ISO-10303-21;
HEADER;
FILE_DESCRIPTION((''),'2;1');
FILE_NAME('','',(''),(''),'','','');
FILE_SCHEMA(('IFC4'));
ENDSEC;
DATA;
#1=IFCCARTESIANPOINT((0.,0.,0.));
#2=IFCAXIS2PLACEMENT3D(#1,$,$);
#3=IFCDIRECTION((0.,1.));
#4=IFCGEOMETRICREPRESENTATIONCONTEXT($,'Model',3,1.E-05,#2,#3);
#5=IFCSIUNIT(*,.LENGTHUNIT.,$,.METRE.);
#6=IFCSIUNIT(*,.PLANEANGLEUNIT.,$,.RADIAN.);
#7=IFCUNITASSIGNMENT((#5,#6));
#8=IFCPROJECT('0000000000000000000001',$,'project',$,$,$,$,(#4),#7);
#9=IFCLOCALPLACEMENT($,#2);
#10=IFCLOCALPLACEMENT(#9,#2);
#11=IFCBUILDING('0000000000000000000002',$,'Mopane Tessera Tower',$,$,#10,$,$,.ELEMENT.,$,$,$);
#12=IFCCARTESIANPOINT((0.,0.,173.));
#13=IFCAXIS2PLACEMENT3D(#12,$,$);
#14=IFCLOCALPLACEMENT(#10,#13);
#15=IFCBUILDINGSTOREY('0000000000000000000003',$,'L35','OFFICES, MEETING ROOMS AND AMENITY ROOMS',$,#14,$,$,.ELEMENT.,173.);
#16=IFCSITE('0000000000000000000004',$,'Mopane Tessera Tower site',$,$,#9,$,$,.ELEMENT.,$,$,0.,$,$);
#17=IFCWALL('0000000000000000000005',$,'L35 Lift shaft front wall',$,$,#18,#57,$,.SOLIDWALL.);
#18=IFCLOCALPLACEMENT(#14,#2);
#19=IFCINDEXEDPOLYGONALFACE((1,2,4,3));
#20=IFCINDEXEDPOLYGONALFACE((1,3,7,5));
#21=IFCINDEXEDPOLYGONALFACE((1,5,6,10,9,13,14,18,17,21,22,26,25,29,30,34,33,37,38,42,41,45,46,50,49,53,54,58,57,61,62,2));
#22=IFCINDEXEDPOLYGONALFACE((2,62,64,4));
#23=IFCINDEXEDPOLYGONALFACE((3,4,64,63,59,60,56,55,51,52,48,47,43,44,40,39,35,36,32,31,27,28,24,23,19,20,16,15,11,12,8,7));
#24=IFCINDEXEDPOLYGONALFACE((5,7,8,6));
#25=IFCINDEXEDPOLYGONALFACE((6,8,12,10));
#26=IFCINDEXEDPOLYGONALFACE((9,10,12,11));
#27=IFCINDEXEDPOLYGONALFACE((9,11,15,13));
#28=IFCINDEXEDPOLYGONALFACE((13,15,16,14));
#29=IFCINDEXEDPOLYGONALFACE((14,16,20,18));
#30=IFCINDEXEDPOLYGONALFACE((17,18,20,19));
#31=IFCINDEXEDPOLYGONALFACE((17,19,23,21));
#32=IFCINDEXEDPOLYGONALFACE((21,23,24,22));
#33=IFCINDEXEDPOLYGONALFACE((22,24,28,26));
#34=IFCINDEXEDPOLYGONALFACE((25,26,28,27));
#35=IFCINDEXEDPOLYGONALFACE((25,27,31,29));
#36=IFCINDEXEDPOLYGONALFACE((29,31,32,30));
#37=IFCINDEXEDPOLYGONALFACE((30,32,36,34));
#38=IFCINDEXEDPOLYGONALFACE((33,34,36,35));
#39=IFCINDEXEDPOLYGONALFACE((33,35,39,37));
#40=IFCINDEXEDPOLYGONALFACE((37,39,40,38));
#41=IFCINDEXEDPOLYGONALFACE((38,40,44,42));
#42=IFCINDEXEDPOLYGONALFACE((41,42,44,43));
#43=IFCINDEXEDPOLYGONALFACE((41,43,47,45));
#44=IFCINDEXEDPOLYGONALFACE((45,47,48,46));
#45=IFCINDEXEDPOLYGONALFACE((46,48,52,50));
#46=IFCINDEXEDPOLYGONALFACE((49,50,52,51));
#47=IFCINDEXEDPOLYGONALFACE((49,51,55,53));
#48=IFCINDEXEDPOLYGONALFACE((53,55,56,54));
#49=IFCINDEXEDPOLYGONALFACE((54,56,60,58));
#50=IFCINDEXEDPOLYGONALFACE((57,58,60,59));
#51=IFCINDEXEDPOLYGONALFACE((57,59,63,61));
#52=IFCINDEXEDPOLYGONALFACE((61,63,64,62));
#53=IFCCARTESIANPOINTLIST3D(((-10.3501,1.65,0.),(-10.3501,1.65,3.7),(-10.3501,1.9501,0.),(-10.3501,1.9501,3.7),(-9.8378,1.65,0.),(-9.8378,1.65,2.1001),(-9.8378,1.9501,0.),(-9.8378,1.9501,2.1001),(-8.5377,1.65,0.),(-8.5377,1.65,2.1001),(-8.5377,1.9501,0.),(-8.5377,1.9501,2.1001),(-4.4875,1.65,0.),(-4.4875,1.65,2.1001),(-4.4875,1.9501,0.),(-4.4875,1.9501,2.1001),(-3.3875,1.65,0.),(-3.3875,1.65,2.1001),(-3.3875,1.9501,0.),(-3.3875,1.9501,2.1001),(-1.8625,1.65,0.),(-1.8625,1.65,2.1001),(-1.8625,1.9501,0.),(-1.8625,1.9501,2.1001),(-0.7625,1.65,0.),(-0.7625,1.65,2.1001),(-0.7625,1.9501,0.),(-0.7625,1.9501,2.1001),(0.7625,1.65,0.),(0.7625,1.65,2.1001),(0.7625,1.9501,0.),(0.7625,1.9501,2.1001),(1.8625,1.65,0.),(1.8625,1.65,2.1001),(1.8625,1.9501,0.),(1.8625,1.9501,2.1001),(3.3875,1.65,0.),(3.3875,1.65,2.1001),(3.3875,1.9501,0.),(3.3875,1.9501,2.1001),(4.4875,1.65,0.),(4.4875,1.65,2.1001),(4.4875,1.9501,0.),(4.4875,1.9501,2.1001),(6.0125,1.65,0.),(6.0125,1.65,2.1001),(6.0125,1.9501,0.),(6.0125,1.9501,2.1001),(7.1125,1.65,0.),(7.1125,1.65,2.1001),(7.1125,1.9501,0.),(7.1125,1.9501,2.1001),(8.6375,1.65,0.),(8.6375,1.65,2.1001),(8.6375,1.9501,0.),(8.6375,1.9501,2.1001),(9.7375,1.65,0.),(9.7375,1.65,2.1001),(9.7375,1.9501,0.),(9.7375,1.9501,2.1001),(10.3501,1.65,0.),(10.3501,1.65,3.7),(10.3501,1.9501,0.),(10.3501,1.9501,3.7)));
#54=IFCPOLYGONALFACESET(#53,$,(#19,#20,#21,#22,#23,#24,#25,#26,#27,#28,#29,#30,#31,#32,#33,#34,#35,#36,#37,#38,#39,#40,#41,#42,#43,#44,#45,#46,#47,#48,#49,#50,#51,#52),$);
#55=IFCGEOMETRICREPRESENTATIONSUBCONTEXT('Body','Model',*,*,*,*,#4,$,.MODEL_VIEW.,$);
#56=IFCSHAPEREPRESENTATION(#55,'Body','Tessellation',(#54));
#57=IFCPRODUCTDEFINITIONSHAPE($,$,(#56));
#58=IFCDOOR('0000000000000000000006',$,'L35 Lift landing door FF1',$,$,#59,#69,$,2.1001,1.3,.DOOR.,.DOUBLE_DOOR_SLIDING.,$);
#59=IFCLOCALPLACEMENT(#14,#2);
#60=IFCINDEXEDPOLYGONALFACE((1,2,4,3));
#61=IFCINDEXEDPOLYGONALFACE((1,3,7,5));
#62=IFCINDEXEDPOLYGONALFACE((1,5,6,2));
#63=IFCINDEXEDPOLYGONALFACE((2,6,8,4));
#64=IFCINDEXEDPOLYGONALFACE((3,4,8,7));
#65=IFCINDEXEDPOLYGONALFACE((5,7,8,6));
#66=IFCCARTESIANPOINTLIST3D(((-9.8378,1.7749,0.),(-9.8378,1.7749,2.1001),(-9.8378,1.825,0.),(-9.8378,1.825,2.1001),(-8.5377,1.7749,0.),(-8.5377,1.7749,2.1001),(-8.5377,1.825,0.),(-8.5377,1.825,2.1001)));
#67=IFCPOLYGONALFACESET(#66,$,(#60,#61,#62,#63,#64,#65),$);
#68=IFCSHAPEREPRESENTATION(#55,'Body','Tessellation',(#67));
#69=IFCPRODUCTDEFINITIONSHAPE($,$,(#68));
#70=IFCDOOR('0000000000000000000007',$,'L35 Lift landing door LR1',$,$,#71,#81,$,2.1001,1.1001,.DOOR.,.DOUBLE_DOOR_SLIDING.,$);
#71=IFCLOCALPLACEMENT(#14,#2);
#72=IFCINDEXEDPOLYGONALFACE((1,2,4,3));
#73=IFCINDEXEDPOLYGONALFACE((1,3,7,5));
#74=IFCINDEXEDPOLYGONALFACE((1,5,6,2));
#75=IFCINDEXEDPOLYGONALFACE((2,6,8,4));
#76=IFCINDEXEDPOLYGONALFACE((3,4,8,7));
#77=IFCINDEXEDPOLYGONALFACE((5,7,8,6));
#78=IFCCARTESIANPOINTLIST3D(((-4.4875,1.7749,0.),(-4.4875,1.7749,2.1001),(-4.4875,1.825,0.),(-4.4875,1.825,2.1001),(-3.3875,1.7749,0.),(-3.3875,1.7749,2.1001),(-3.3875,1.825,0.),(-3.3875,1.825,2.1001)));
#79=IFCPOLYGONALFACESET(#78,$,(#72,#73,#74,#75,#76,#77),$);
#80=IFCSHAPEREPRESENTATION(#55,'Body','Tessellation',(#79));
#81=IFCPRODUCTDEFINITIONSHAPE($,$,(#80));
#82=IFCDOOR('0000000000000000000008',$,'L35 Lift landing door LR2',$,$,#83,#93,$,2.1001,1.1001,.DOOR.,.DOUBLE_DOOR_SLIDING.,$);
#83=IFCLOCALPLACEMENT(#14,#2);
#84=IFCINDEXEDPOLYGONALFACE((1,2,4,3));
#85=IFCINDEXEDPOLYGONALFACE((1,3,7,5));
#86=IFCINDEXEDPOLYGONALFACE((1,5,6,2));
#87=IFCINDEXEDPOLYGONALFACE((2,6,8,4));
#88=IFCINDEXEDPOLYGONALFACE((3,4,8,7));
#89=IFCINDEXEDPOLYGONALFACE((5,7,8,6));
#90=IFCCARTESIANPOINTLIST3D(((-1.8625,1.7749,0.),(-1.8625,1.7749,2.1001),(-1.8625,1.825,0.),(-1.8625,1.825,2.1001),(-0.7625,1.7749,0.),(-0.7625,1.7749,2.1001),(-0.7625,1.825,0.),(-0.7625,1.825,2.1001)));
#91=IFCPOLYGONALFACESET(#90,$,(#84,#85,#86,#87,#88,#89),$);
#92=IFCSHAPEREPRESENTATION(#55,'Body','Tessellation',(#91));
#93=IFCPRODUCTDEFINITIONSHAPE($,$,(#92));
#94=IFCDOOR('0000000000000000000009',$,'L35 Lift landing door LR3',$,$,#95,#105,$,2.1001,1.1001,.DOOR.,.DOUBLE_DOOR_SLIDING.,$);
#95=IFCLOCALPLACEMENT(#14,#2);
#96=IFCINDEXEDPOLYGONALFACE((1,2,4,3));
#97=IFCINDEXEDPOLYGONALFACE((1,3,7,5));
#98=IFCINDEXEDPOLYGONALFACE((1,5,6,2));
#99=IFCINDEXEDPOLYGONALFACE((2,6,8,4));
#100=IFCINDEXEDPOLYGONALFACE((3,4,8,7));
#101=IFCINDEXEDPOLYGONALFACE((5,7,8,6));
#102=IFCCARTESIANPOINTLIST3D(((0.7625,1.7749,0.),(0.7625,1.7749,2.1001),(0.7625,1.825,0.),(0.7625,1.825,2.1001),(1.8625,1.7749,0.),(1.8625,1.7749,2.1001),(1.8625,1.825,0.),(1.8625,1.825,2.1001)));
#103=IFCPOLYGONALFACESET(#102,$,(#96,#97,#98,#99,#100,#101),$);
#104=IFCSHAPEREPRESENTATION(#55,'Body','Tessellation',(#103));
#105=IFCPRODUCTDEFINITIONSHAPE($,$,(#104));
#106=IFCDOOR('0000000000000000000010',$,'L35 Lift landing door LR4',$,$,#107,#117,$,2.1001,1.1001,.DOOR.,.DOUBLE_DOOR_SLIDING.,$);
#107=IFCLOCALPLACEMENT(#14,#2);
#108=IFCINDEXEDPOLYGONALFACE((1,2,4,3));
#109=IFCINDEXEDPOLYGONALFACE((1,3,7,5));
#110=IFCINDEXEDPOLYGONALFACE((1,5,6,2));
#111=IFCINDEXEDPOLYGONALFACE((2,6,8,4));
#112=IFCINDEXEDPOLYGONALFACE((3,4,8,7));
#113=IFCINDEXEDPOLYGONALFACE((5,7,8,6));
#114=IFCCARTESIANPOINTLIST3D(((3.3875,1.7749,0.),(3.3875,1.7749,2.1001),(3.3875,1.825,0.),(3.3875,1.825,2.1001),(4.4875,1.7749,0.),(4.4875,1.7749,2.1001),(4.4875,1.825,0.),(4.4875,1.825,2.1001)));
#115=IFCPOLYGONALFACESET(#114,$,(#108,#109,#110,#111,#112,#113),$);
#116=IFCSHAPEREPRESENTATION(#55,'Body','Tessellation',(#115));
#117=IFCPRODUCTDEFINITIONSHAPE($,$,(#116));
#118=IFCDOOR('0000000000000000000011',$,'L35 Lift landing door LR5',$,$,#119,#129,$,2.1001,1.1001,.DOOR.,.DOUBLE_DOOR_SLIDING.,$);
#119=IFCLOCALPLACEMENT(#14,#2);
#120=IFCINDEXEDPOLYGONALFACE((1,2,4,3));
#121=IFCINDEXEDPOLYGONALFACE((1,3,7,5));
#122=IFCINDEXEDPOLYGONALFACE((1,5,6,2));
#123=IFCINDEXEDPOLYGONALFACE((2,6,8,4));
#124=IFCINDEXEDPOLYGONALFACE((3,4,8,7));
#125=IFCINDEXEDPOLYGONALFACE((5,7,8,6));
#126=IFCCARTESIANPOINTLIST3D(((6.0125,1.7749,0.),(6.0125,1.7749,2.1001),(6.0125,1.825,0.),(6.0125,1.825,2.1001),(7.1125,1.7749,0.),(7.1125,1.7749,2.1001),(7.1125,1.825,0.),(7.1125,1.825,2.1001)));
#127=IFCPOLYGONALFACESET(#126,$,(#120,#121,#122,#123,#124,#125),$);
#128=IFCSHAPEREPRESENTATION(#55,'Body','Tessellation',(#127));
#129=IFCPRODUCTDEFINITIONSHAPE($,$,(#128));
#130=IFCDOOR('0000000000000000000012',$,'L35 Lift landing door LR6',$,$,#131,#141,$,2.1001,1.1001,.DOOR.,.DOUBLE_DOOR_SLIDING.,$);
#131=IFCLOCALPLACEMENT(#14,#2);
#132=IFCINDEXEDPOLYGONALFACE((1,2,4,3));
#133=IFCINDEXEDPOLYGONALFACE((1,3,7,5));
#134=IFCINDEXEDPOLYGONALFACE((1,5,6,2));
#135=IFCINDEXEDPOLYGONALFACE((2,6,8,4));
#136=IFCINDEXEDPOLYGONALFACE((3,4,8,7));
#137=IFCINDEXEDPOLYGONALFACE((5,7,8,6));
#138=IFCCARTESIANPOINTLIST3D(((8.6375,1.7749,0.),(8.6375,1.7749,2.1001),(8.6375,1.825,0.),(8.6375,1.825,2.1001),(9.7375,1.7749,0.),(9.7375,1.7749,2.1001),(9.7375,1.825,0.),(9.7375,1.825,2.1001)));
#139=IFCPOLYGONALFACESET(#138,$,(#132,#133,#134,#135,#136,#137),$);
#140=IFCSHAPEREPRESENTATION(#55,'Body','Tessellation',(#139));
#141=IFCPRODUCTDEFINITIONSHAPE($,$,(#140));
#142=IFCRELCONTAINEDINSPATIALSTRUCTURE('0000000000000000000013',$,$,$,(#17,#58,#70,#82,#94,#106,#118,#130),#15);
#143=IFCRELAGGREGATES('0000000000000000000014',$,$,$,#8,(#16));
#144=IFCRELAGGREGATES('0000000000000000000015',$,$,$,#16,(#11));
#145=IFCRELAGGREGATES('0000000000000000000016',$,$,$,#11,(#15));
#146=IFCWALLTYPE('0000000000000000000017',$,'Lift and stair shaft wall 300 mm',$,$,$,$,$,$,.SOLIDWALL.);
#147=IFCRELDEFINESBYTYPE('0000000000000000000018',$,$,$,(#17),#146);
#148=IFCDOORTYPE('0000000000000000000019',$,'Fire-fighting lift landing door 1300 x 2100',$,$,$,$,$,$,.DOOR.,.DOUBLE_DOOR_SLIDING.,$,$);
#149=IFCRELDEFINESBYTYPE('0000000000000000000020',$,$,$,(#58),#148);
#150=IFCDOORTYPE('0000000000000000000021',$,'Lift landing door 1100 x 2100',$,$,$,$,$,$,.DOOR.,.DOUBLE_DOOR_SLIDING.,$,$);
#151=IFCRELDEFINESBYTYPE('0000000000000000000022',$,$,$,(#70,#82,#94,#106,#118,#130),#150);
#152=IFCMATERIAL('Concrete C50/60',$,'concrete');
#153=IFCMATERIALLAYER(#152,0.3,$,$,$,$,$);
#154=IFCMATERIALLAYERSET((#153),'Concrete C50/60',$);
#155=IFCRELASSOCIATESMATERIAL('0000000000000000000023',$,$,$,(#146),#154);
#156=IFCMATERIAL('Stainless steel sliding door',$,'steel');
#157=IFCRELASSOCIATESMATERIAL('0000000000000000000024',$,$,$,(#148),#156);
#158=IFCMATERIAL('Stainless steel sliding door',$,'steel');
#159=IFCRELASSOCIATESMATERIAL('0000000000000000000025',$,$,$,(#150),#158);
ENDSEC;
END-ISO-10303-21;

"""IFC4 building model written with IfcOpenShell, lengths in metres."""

from ifc_helpers import new_model, si_unit, direction, frame, frame_2d, origin, place, context, subcontext, project, spatial, rectangle, extrude, material, layer, layer_set, type_object, element, fill, save


model = new_model("IFC4")

# Units and contexts
model_context = context("Model", 3, precision=1e-05, world=origin(), true_north=direction((0.0, 1.0)))
body_context = subcontext(model_context, "Body", "Model", "MODEL_VIEW")
ifc_project = project(units=[si_unit("LENGTHUNIT", "METRE"), si_unit("PLANEANGLEUNIT", "RADIAN")], contexts=[model_context])

# Site, building, storey
site_placement = place(None, origin())
site = spatial("IfcSite", under=ifc_project, at=site_placement, Name="Mopane Tessera Tower site", CompositionType="ELEMENT", RefElevation=0.0)
building_placement = place(site_placement, origin())
building = spatial("IfcBuilding", under=site, at=building_placement, Name="Mopane Tessera Tower", CompositionType="ELEMENT")
storey_placement = place(building_placement, frame((0.0, 0.0, 173.0)))
storey = spatial("IfcBuildingStorey", under=building, at=storey_placement, Name="L35", Description="OFFICES, MEETING ROOMS AND AMENITY ROOMS", CompositionType="ELEMENT", Elevation=173.0)

# Shared definitions
ifc_material_1 = material(Name="Concrete C50/60", Category="concrete")
ifc_layer_1 = layer(ifc_material_1, 0.3)
ifc_layer_set_1 = layer_set([ifc_layer_1], Name="Concrete C50/60")
wall_type_1 = type_object("IfcWallType", Name="Lift and stair shaft wall 300 mm", PredefinedType="SOLIDWALL", material=ifc_layer_set_1)

# Wall, openings, doors
wall_1_placement = place(storey_placement, frame((-10.3501, 1.8, 0.0), z_axis=(0.0, 0.0, 1.0), x_axis=(1.0, 0.0, 0.0)))
wall_1 = element("IfcWall", 1, at=wall_1_placement, inside=storey, type_object=wall_type_1, Name="L35 Lift shaft front wall", PredefinedType="SOLIDWALL", context=body_context, shape_type="SweptSolid", body=[
    extrude(rectangle(XDim=20.7002, YDim=0.3, at=frame_2d((10.3501, 0.0))), origin(), (0.0, 0.0, 1.0), 3.7),
])
opening_1_placement = place(wall_1_placement, frame((0.5125, 0.0, 0.0)))
opening_1 = element("IfcOpeningElement", 2, at=opening_1_placement, cuts=wall_1, PredefinedType="OPENING", context=body_context, shape_type="SweptSolid", body=[
    extrude(rectangle(XDim=1.3, YDim=2.1001, at=frame_2d((0.6499, 1.05))), frame((0.0, 0.1621, 0.0), z_axis=(0.0, -1.0, 0.0), x_axis=(1.0, 0.0, 0.0)), (0.0, 0.0, 1.0), 0.324),
])
opening_2_placement = place(wall_1_placement, frame((5.8625, 0.0, 0.0)))
opening_2 = element("IfcOpeningElement", 3, at=opening_2_placement, cuts=wall_1, PredefinedType="OPENING", context=body_context, shape_type="SweptSolid", body=[
    extrude(rectangle(XDim=1.1001, YDim=2.1001, at=frame_2d((0.55, 1.05))), frame((0.0, 0.1621, 0.0), z_axis=(0.0, -1.0, 0.0), x_axis=(1.0, 0.0, 0.0)), (0.0, 0.0, 1.0), 0.324),
])
opening_3_placement = place(wall_1_placement, frame((8.4875, 0.0, 0.0)))
opening_3 = element("IfcOpeningElement", 4, at=opening_3_placement, cuts=wall_1, PredefinedType="OPENING", context=body_context, shape_type="SweptSolid", body=[
    extrude(rectangle(XDim=1.1001, YDim=2.1001, at=frame_2d((0.55, 1.05))), frame((0.0, 0.1621, 0.0), z_axis=(0.0, -1.0, 0.0), x_axis=(1.0, 0.0, 0.0)), (0.0, 0.0, 1.0), 0.324),
])
opening_4_placement = place(wall_1_placement, frame((11.1125, 0.0, 0.0)))
opening_4 = element("IfcOpeningElement", 5, at=opening_4_placement, cuts=wall_1, PredefinedType="OPENING", context=body_context, shape_type="SweptSolid", body=[
    extrude(rectangle(XDim=1.1001, YDim=2.1001, at=frame_2d((0.55, 1.05))), frame((0.0, 0.1621, 0.0), z_axis=(0.0, -1.0, 0.0), x_axis=(1.0, 0.0, 0.0)), (0.0, 0.0, 1.0), 0.324),
])
opening_5_placement = place(wall_1_placement, frame((13.7375, 0.0, 0.0)))
opening_5 = element("IfcOpeningElement", 6, at=opening_5_placement, cuts=wall_1, PredefinedType="OPENING", context=body_context, shape_type="SweptSolid", body=[
    extrude(rectangle(XDim=1.1001, YDim=2.1001, at=frame_2d((0.55, 1.05))), frame((0.0, 0.1621, 0.0), z_axis=(0.0, -1.0, 0.0), x_axis=(1.0, 0.0, 0.0)), (0.0, 0.0, 1.0), 0.324),
])
opening_6_placement = place(wall_1_placement, frame((16.3625, 0.0, 0.0)))
opening_6 = element("IfcOpeningElement", 7, at=opening_6_placement, cuts=wall_1, PredefinedType="OPENING", context=body_context, shape_type="SweptSolid", body=[
    extrude(rectangle(XDim=1.1001, YDim=2.1001, at=frame_2d((0.55, 1.05))), frame((0.0, 0.1621, 0.0), z_axis=(0.0, -1.0, 0.0), x_axis=(1.0, 0.0, 0.0)), (0.0, 0.0, 1.0), 0.324),
])
opening_7_placement = place(wall_1_placement, frame((18.9875, 0.0, 0.0)))
opening_7 = element("IfcOpeningElement", 8, at=opening_7_placement, cuts=wall_1, PredefinedType="OPENING", context=body_context, shape_type="SweptSolid", body=[
    extrude(rectangle(XDim=1.1001, YDim=2.1001, at=frame_2d((0.55, 1.05))), frame((0.0, 0.1621, 0.0), z_axis=(0.0, -1.0, 0.0), x_axis=(1.0, 0.0, 0.0)), (0.0, 0.0, 1.0), 0.324),
])
ifc_material_2 = material(Name="Stainless steel sliding door", Category="steel")
door_type_1 = type_object("IfcDoorType", Name="Fire-fighting lift landing door 1300 x 2100", OperationType="DOUBLE_DOOR_SLIDING", PredefinedType="DOOR", material=ifc_material_2)
door_1_placement = place(opening_1_placement, origin())
door_1 = element("IfcDoor", 9, at=door_1_placement, inside=storey, type_object=door_type_1, Name="L35 Lift landing door FF1", OperationType="DOUBLE_DOOR_SLIDING", OverallHeight=2.1001, OverallWidth=1.3, PredefinedType="DOOR", context=body_context, shape_type="SweptSolid", body=[
    extrude(rectangle(XDim=1.3, YDim=2.1001, at=frame_2d((0.6499, 1.05))), frame((0.0, 0.0249, 0.0), z_axis=(0.0, -1.0, 0.0), x_axis=(1.0, 0.0, 0.0)), (0.0, 0.0, 1.0), 0.05),
])
fill(opening_1, door_1)
ifc_material_3 = material(Name="Stainless steel sliding door", Category="steel")
door_type_2 = type_object("IfcDoorType", Name="Lift landing door 1100 x 2100", OperationType="DOUBLE_DOOR_SLIDING", PredefinedType="DOOR", material=ifc_material_3)
door_2_placement = place(opening_2_placement, origin())
door_2 = element("IfcDoor", 10, at=door_2_placement, inside=storey, type_object=door_type_2, Name="L35 Lift landing door LR1", OperationType="DOUBLE_DOOR_SLIDING", OverallHeight=2.1001, OverallWidth=1.1001, PredefinedType="DOOR", context=body_context, shape_type="SweptSolid", body=[
    extrude(rectangle(XDim=1.1001, YDim=2.1001, at=frame_2d((0.55, 1.05))), frame((0.0, 0.0249, 0.0), z_axis=(0.0, -1.0, 0.0), x_axis=(1.0, 0.0, 0.0)), (0.0, 0.0, 1.0), 0.05),
])
fill(opening_2, door_2)
door_3_placement = place(opening_3_placement, origin())
door_3 = element("IfcDoor", 11, at=door_3_placement, inside=storey, type_object=door_type_2, Name="L35 Lift landing door LR2", OperationType="DOUBLE_DOOR_SLIDING", OverallHeight=2.1001, OverallWidth=1.1001, PredefinedType="DOOR", context=body_context, shape_type="SweptSolid", body=[
    extrude(rectangle(XDim=1.1001, YDim=2.1001, at=frame_2d((0.55, 1.05))), frame((0.0, 0.0249, 0.0), z_axis=(0.0, -1.0, 0.0), x_axis=(1.0, 0.0, 0.0)), (0.0, 0.0, 1.0), 0.05),
])
fill(opening_3, door_3)
door_4_placement = place(opening_4_placement, origin())
door_4 = element("IfcDoor", 12, at=door_4_placement, inside=storey, type_object=door_type_2, Name="L35 Lift landing door LR3", OperationType="DOUBLE_DOOR_SLIDING", OverallHeight=2.1001, OverallWidth=1.1001, PredefinedType="DOOR", context=body_context, shape_type="SweptSolid", body=[
    extrude(rectangle(XDim=1.1001, YDim=2.1001, at=frame_2d((0.55, 1.05))), frame((0.0, 0.0249, 0.0), z_axis=(0.0, -1.0, 0.0), x_axis=(1.0, 0.0, 0.0)), (0.0, 0.0, 1.0), 0.05),
])
fill(opening_4, door_4)
door_5_placement = place(opening_5_placement, origin())
door_5 = element("IfcDoor", 13, at=door_5_placement, inside=storey, type_object=door_type_2, Name="L35 Lift landing door LR4", OperationType="DOUBLE_DOOR_SLIDING", OverallHeight=2.1001, OverallWidth=1.1001, PredefinedType="DOOR", context=body_context, shape_type="SweptSolid", body=[
    extrude(rectangle(XDim=1.1001, YDim=2.1001, at=frame_2d((0.55, 1.05))), frame((0.0, 0.0249, 0.0), z_axis=(0.0, -1.0, 0.0), x_axis=(1.0, 0.0, 0.0)), (0.0, 0.0, 1.0), 0.05),
])
fill(opening_5, door_5)
door_6_placement = place(opening_6_placement, origin())
door_6 = element("IfcDoor", 14, at=door_6_placement, inside=storey, type_object=door_type_2, Name="L35 Lift landing door LR5", OperationType="DOUBLE_DOOR_SLIDING", OverallHeight=2.1001, OverallWidth=1.1001, PredefinedType="DOOR", context=body_context, shape_type="SweptSolid", body=[
    extrude(rectangle(XDim=1.1001, YDim=2.1001, at=frame_2d((0.55, 1.05))), frame((0.0, 0.0249, 0.0), z_axis=(0.0, -1.0, 0.0), x_axis=(1.0, 0.0, 0.0)), (0.0, 0.0, 1.0), 0.05),
])
fill(opening_6, door_6)
door_7_placement = place(opening_7_placement, origin())
door_7 = element("IfcDoor", 15, at=door_7_placement, inside=storey, type_object=door_type_2, Name="L35 Lift landing door LR6", OperationType="DOUBLE_DOOR_SLIDING", OverallHeight=2.1001, OverallWidth=1.1001, PredefinedType="DOOR", context=body_context, shape_type="SweptSolid", body=[
    extrude(rectangle(XDim=1.1001, YDim=2.1001, at=frame_2d((0.55, 1.05))), frame((0.0, 0.0249, 0.0), z_axis=(0.0, -1.0, 0.0), x_axis=(1.0, 0.0, 0.0)), (0.0, 0.0, 1.0), 0.05),
])
fill(opening_7, door_7)

save(model, "model.ifc")
